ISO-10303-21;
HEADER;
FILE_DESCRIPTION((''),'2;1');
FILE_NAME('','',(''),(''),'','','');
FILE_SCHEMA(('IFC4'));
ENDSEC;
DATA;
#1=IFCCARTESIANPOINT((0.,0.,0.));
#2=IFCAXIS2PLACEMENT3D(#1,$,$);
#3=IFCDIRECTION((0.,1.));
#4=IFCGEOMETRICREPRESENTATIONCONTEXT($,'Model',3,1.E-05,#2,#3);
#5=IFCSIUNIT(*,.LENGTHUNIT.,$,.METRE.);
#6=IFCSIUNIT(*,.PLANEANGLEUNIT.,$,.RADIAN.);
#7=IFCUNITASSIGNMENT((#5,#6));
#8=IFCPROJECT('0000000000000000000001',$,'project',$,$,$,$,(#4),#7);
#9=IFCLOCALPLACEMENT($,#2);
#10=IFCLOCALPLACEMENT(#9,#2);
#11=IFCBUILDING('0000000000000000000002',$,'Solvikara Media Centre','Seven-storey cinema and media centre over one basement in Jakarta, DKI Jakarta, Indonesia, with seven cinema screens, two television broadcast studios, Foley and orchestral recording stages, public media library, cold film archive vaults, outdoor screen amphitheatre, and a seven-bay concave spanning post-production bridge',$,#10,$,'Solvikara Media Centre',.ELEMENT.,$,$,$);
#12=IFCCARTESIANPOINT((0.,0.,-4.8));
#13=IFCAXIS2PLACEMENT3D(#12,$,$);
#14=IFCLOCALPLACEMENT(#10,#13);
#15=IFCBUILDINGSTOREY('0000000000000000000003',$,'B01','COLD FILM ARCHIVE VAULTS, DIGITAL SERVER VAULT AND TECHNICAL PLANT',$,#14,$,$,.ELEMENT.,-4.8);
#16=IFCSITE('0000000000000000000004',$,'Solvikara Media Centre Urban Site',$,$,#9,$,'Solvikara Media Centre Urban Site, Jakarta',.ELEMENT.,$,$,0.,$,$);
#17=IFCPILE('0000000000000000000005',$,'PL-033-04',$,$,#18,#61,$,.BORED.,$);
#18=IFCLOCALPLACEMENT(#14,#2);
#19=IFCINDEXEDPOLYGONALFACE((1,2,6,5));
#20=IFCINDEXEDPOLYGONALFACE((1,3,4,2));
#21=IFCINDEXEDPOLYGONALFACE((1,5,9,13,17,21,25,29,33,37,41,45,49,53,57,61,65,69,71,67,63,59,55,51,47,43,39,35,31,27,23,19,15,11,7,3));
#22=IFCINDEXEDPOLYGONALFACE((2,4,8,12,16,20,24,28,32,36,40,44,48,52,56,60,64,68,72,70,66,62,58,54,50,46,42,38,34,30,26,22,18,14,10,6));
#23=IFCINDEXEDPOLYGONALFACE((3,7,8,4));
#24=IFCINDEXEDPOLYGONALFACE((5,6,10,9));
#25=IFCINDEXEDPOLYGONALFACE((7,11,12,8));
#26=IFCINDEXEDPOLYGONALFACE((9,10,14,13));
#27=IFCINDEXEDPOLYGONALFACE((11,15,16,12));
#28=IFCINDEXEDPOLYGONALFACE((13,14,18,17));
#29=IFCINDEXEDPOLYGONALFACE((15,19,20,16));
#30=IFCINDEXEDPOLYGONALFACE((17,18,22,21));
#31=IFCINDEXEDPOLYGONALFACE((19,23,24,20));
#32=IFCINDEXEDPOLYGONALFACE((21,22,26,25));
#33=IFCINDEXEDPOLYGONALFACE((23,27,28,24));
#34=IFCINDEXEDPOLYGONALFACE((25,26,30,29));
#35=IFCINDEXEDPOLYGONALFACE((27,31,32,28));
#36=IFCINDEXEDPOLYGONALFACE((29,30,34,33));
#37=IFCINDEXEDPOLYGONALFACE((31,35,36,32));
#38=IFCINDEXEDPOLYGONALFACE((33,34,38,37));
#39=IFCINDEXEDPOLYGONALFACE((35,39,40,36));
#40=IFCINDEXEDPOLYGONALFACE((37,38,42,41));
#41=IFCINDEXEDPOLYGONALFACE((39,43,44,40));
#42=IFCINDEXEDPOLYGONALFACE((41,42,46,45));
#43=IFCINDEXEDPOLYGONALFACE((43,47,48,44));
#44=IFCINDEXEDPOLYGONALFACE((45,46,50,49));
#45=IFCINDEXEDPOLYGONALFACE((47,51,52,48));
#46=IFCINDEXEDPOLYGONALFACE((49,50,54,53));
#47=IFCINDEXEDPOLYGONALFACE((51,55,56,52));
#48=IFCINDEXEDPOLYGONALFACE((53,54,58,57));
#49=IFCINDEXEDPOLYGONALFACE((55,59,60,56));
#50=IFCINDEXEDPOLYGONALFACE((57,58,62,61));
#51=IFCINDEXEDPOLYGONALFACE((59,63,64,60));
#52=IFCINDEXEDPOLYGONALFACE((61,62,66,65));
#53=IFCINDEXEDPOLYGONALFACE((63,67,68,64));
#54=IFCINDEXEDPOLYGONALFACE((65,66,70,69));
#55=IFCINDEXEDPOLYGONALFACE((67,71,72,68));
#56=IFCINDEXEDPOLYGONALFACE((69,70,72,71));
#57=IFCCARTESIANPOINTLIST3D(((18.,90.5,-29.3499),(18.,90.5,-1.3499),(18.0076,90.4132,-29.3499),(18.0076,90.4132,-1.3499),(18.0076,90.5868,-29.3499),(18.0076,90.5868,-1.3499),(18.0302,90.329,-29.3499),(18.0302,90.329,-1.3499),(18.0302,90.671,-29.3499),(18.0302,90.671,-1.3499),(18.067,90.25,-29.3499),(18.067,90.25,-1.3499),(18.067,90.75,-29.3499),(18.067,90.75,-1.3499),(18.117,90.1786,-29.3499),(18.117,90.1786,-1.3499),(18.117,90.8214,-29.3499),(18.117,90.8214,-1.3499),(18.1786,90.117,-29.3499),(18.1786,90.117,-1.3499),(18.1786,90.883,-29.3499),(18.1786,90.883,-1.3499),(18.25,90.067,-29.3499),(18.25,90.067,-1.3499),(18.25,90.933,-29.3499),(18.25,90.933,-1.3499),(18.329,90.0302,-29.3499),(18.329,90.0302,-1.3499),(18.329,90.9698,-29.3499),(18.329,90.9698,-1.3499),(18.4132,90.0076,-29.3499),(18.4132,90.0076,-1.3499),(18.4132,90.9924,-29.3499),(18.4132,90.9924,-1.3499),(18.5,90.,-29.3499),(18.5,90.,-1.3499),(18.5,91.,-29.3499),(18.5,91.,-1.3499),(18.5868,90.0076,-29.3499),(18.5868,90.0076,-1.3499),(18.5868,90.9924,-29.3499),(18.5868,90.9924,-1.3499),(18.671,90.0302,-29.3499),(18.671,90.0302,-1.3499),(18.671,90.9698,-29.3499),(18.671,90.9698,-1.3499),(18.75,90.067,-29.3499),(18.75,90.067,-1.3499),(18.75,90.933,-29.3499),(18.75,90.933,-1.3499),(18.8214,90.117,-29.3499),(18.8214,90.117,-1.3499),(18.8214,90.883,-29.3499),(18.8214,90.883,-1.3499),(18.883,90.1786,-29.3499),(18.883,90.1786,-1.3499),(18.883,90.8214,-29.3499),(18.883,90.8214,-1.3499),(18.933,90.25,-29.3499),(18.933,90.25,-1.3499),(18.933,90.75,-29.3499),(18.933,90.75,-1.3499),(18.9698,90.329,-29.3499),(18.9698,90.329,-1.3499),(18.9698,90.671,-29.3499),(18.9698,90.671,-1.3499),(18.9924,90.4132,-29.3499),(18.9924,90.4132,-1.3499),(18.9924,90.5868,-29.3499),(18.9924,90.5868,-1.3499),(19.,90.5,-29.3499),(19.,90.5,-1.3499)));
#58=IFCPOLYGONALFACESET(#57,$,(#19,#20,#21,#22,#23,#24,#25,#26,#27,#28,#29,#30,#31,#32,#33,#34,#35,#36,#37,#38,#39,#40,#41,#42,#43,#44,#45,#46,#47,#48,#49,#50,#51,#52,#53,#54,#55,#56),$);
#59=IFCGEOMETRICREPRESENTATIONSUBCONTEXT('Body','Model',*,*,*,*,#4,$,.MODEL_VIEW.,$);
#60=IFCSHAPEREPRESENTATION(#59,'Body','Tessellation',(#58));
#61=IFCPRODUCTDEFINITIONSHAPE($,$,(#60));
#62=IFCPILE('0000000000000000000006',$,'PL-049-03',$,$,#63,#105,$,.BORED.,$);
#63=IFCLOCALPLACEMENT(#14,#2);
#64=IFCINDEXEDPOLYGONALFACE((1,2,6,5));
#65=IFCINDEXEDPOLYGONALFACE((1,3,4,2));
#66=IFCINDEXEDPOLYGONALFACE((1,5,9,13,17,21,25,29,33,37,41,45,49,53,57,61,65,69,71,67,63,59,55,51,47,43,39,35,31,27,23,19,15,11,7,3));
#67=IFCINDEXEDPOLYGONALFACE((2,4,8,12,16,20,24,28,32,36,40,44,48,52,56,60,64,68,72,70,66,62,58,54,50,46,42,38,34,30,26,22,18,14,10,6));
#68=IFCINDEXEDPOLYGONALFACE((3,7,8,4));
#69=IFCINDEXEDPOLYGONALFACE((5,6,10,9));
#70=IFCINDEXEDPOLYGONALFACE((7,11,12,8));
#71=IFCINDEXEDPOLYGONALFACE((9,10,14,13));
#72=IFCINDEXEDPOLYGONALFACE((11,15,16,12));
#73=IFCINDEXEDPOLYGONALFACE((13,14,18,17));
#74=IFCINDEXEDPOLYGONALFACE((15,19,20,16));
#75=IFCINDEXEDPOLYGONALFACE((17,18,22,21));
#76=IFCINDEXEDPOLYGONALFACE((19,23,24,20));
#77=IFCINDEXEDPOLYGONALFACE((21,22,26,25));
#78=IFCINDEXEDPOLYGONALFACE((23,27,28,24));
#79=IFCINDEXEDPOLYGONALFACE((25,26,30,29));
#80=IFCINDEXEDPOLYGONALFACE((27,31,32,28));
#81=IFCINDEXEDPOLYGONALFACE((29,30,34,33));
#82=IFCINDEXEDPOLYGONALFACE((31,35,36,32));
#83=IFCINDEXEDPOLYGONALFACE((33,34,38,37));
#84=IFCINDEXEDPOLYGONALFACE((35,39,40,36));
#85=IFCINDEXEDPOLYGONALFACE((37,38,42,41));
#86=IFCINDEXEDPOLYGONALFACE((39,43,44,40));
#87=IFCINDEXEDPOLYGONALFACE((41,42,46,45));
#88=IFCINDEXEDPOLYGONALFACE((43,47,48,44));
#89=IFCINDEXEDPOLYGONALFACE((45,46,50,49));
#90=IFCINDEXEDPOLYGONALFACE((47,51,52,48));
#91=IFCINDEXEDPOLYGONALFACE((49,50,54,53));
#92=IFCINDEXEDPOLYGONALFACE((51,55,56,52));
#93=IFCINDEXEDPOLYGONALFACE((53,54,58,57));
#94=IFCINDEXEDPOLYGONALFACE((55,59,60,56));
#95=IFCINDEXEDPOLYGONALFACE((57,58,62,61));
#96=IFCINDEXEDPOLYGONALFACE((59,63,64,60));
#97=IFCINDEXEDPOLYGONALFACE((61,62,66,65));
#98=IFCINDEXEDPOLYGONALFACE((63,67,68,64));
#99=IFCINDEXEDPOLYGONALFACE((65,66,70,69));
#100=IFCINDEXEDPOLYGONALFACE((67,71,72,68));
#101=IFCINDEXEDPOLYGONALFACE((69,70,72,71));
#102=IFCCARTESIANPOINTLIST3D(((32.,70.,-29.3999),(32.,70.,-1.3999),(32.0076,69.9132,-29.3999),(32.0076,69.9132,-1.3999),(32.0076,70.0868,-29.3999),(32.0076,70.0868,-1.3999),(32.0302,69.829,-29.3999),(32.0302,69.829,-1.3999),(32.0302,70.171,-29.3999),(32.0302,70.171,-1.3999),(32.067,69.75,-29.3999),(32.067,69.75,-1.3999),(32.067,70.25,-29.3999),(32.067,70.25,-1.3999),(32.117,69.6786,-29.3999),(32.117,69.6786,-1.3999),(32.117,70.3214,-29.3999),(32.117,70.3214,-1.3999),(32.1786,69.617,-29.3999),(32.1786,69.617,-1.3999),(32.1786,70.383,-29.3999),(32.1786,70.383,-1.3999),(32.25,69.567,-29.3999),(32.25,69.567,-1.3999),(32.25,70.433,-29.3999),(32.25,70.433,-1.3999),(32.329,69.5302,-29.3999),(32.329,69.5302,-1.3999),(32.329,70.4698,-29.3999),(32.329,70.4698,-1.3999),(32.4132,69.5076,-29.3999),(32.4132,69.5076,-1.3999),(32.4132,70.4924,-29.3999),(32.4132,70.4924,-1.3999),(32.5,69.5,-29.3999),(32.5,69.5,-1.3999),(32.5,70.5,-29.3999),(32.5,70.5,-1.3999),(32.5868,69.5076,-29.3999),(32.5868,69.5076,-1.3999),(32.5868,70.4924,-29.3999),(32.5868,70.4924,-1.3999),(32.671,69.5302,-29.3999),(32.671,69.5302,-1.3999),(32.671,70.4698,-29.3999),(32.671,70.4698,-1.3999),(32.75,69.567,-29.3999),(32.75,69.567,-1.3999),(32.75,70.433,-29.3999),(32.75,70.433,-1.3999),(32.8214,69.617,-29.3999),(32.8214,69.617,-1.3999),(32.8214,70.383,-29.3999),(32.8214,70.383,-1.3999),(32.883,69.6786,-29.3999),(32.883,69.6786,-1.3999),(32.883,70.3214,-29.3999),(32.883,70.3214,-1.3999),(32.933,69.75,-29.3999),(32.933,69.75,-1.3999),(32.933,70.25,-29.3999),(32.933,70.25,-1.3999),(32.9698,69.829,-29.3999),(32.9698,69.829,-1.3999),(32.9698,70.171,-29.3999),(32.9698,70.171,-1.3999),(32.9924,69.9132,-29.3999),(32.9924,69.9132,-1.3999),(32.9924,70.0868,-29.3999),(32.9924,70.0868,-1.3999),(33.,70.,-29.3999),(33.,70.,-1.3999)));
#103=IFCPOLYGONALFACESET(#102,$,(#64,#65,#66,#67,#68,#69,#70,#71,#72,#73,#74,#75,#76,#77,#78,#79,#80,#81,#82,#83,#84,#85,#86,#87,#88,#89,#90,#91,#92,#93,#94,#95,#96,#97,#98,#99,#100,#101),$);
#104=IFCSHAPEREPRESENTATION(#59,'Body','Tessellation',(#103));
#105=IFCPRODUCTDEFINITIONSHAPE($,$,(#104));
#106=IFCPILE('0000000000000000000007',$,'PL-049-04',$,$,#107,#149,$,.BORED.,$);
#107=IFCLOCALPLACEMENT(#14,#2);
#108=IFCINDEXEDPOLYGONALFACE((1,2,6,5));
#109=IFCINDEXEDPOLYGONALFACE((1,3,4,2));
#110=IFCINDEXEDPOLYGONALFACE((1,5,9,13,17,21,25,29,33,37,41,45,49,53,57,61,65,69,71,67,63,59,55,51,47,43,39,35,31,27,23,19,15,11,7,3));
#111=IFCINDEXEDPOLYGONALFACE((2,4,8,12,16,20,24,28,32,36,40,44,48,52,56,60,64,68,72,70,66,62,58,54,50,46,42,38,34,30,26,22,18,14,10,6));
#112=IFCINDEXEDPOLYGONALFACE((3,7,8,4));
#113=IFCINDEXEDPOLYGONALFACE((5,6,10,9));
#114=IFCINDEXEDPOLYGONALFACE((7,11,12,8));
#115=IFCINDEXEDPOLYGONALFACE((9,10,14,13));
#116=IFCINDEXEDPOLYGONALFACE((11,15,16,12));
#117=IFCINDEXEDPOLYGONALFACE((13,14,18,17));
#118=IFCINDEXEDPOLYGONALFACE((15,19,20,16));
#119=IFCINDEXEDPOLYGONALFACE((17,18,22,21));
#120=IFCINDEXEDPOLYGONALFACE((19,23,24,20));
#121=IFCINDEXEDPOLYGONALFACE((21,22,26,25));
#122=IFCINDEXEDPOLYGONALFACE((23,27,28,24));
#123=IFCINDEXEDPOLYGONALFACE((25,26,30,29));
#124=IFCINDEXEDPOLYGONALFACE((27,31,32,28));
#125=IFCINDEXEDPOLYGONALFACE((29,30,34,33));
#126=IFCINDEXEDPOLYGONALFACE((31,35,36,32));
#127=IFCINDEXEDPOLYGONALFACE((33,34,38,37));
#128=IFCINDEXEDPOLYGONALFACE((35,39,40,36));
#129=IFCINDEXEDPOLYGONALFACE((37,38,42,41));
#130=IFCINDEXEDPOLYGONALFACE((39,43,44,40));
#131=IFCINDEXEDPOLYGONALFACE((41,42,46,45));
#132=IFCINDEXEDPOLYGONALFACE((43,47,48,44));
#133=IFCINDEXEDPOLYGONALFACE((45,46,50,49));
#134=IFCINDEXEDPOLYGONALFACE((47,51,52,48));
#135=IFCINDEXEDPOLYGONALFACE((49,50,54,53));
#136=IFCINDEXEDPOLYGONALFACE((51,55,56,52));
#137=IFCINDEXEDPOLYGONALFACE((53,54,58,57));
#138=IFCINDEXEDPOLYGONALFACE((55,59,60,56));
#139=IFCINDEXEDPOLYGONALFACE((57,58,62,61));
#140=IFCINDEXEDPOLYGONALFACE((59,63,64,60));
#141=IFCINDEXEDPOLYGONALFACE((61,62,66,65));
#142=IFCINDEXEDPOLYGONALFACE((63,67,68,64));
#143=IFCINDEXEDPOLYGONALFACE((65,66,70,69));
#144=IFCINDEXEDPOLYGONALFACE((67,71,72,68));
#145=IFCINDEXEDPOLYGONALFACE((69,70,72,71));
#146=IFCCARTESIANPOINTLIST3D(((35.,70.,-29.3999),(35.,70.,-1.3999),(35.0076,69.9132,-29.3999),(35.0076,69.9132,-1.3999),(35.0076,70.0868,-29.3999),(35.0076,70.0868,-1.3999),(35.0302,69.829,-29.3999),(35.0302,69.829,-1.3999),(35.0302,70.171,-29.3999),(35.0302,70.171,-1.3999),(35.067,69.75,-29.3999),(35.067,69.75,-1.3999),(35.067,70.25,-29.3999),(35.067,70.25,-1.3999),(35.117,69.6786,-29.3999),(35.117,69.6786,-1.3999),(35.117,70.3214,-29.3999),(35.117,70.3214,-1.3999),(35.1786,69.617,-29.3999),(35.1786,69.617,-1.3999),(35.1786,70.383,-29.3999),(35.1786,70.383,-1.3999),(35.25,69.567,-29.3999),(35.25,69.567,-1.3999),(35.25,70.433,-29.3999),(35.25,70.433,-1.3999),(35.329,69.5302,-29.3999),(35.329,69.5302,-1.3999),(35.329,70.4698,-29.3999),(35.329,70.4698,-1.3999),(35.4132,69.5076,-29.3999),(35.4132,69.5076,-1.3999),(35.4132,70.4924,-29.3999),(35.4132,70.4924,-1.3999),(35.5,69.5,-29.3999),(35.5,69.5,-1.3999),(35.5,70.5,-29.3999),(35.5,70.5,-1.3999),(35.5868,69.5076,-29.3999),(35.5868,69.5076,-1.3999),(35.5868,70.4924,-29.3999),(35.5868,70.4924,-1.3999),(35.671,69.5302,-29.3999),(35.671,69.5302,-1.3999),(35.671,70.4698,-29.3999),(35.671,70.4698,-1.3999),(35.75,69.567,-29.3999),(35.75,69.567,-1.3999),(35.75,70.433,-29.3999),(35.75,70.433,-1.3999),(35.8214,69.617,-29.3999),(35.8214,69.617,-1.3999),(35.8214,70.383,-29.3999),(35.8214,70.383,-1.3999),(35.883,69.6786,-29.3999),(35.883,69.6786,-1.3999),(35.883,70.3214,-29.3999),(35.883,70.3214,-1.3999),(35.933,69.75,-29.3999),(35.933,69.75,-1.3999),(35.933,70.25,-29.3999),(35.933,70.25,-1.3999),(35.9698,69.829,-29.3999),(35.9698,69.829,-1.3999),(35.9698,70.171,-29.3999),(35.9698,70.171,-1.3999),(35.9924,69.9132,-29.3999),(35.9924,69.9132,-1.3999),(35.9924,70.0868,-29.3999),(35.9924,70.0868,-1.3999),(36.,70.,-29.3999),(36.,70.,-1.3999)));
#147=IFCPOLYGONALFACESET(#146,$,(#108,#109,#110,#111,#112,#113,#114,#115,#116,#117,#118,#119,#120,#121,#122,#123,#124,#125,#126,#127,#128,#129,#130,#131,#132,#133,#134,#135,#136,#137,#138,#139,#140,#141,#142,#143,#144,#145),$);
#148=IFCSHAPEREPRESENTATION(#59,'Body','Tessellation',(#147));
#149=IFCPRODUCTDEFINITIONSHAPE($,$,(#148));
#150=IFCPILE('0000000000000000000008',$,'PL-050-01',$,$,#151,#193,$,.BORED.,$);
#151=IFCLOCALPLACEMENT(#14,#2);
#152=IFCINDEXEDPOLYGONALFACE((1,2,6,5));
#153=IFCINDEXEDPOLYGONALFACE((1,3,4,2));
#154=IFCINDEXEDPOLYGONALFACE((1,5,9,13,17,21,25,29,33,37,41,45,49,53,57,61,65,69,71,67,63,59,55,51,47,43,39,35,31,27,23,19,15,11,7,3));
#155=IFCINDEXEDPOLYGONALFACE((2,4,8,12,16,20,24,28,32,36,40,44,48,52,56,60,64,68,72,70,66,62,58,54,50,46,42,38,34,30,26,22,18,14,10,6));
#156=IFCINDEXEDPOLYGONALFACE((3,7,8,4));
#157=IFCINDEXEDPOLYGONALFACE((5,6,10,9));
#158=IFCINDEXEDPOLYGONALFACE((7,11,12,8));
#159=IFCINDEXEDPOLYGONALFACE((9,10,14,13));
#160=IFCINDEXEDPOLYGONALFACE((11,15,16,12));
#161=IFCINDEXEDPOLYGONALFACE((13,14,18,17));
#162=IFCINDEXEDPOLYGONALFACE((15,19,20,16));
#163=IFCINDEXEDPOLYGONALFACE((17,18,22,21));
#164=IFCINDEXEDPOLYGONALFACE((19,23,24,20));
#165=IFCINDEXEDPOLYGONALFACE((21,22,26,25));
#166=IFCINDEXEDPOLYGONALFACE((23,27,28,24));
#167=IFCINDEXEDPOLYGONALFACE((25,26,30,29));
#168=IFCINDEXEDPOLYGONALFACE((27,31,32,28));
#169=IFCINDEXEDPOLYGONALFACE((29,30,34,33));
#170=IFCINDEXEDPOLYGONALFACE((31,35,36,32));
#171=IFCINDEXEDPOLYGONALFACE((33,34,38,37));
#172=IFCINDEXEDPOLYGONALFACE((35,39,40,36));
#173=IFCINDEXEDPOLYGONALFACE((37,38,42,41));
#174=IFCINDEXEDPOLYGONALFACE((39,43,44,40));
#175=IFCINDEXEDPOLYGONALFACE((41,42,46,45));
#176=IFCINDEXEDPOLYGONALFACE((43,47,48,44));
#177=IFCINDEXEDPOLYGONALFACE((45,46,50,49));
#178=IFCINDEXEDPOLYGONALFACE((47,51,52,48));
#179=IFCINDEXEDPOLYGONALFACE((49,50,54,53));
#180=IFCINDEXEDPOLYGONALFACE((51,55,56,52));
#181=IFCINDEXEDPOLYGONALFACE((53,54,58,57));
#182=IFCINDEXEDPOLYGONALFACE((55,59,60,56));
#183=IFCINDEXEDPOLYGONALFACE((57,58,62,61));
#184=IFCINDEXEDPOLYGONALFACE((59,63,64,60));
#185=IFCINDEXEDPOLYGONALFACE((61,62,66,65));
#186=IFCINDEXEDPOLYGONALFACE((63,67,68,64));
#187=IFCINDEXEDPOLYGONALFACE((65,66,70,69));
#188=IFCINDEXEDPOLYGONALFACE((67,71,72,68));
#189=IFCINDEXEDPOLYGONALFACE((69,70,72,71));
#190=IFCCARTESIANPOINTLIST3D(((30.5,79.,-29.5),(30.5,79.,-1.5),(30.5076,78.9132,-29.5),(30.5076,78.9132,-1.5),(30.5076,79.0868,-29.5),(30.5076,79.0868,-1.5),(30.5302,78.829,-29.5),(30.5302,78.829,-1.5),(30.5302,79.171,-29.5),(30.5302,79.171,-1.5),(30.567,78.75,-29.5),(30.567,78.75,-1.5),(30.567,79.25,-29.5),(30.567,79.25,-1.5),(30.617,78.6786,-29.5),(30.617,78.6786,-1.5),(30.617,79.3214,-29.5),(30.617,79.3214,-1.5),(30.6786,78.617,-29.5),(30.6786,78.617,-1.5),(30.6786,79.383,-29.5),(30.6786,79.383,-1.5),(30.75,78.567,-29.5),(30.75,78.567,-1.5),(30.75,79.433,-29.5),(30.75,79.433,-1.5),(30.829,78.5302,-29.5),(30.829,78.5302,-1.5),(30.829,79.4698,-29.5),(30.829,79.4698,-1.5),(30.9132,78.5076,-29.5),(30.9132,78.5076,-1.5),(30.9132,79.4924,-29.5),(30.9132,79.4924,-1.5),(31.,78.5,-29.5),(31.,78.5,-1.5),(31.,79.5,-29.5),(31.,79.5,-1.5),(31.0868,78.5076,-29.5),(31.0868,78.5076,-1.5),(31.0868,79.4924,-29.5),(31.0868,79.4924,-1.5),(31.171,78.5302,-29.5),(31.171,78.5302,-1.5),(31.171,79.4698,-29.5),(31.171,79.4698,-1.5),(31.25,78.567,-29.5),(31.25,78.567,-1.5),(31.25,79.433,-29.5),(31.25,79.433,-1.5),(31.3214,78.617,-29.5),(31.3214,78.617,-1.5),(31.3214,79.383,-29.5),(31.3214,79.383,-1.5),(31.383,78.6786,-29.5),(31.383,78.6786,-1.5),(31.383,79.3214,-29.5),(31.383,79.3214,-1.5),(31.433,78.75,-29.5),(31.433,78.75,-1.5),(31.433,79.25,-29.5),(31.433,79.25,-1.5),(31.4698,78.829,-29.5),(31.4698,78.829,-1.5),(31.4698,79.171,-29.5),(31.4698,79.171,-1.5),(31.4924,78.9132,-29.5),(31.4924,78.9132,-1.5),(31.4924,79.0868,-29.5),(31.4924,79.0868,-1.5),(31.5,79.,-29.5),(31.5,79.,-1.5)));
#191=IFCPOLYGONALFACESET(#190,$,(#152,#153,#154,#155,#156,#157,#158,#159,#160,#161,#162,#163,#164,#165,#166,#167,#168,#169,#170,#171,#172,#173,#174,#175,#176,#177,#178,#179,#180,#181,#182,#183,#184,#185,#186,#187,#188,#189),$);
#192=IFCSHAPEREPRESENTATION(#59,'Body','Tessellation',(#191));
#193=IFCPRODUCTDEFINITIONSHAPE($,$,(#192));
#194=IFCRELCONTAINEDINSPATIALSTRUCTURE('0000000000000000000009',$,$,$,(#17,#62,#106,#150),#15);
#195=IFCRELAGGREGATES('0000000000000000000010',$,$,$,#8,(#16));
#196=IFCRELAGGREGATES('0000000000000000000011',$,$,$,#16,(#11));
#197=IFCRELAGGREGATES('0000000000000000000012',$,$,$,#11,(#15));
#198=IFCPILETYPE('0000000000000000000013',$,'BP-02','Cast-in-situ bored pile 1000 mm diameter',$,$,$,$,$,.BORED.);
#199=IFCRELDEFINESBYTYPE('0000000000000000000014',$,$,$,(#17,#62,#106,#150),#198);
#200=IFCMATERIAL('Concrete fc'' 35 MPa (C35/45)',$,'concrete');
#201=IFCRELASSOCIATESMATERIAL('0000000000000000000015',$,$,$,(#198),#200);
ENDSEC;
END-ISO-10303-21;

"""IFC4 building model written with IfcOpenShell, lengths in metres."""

from ifc_helpers import new_model, si_unit, direction, frame, origin, origin_2d, place, context, subcontext, project, spatial, circle, extrude, material, material_profile, profile_set, type_object, element, save


model = new_model("IFC4")

# Units and contexts
model_context = context("Model", 3, precision=1e-05, world=origin(), true_north=direction((0.0, 1.0)))
body_context = subcontext(model_context, "Body", "Model", "MODEL_VIEW")
ifc_project = project(units=[si_unit("LENGTHUNIT", "METRE"), si_unit("PLANEANGLEUNIT", "RADIAN")], contexts=[model_context])

# Site, building, storey
site_placement = place(None, origin())
site = spatial("IfcSite", under=ifc_project, at=site_placement, Name="Solvikara Media Centre Urban Site", LongName="Solvikara Media Centre Urban Site, Jakarta", CompositionType="ELEMENT", RefElevation=0.0)
building_placement = place(site_placement, origin())
building = spatial("IfcBuilding", under=site, at=building_placement, Name="Solvikara Media Centre", Description="Seven-storey cinema and media centre over one basement in Jakarta, DKI Jakarta, Indonesia, with seven cinema screens, two television broadcast studios, Foley and orchestral recording stages, public media library, cold film archive vaults, outdoor screen amphitheatre, and a seven-bay concave spanning post-production bridge", LongName="Solvikara Media Centre", CompositionType="ELEMENT")
storey_placement = place(building_placement, frame((0.0, 0.0, -4.8)))
storey = spatial("IfcBuildingStorey", under=building, at=storey_placement, Name="B01", Description="COLD FILM ARCHIVE VAULTS, DIGITAL SERVER VAULT AND TECHNICAL PLANT", CompositionType="ELEMENT", Elevation=-4.8)

# Piles
ifc_material_1 = material(Name="Concrete fc' 35 MPa (C35/45)", Category="concrete")
ifc_material_profile_1 = material_profile(ifc_material_1, circle(Radius=0.5, at=origin_2d()), Name="BORED PILE D1000")
ifc_profile_set_1 = profile_set([ifc_material_profile_1], Name="Concrete fc' 35 MPa (C35/45)")
pile_type_1 = type_object("IfcPileType", Name="BP-02", Description="Cast-in-situ bored pile 1000 mm diameter", PredefinedType="BORED", material=ifc_profile_set_1)
for number, where, z_axis, x_axis, name in (
    (1, (18.5, 90.5, -1.3499), (0.0, 0.0, -1.0), (1.0, 0.0, 0.0), "PL-033-04"),
    (2, (32.5, 70.0, -1.3999), (0.0, 0.0, -1.0), (1.0, 0.0, 0.0), "PL-049-03"),
    (3, (35.5, 70.0, -1.3999), (0.0, 0.0, -1.0), (1.0, 0.0, 0.0), "PL-049-04"),
    (4, (31.0, 79.0, -1.5), (0.0, 0.0, -1.0), (1.0, 0.0, 0.0), "PL-050-01"),
):
    element("IfcPile", number, at=place(storey_placement, frame(where, z_axis=z_axis, x_axis=x_axis)), inside=storey, type_object=pile_type_1, Name=name, PredefinedType="BORED", context=body_context, shape_type="SweptSolid", body=[
        extrude(circle(Radius=0.5, at=origin_2d()), origin(), (0.0, 0.0, 1.0), 28.0),
    ])

save(model, "model.ifc")
